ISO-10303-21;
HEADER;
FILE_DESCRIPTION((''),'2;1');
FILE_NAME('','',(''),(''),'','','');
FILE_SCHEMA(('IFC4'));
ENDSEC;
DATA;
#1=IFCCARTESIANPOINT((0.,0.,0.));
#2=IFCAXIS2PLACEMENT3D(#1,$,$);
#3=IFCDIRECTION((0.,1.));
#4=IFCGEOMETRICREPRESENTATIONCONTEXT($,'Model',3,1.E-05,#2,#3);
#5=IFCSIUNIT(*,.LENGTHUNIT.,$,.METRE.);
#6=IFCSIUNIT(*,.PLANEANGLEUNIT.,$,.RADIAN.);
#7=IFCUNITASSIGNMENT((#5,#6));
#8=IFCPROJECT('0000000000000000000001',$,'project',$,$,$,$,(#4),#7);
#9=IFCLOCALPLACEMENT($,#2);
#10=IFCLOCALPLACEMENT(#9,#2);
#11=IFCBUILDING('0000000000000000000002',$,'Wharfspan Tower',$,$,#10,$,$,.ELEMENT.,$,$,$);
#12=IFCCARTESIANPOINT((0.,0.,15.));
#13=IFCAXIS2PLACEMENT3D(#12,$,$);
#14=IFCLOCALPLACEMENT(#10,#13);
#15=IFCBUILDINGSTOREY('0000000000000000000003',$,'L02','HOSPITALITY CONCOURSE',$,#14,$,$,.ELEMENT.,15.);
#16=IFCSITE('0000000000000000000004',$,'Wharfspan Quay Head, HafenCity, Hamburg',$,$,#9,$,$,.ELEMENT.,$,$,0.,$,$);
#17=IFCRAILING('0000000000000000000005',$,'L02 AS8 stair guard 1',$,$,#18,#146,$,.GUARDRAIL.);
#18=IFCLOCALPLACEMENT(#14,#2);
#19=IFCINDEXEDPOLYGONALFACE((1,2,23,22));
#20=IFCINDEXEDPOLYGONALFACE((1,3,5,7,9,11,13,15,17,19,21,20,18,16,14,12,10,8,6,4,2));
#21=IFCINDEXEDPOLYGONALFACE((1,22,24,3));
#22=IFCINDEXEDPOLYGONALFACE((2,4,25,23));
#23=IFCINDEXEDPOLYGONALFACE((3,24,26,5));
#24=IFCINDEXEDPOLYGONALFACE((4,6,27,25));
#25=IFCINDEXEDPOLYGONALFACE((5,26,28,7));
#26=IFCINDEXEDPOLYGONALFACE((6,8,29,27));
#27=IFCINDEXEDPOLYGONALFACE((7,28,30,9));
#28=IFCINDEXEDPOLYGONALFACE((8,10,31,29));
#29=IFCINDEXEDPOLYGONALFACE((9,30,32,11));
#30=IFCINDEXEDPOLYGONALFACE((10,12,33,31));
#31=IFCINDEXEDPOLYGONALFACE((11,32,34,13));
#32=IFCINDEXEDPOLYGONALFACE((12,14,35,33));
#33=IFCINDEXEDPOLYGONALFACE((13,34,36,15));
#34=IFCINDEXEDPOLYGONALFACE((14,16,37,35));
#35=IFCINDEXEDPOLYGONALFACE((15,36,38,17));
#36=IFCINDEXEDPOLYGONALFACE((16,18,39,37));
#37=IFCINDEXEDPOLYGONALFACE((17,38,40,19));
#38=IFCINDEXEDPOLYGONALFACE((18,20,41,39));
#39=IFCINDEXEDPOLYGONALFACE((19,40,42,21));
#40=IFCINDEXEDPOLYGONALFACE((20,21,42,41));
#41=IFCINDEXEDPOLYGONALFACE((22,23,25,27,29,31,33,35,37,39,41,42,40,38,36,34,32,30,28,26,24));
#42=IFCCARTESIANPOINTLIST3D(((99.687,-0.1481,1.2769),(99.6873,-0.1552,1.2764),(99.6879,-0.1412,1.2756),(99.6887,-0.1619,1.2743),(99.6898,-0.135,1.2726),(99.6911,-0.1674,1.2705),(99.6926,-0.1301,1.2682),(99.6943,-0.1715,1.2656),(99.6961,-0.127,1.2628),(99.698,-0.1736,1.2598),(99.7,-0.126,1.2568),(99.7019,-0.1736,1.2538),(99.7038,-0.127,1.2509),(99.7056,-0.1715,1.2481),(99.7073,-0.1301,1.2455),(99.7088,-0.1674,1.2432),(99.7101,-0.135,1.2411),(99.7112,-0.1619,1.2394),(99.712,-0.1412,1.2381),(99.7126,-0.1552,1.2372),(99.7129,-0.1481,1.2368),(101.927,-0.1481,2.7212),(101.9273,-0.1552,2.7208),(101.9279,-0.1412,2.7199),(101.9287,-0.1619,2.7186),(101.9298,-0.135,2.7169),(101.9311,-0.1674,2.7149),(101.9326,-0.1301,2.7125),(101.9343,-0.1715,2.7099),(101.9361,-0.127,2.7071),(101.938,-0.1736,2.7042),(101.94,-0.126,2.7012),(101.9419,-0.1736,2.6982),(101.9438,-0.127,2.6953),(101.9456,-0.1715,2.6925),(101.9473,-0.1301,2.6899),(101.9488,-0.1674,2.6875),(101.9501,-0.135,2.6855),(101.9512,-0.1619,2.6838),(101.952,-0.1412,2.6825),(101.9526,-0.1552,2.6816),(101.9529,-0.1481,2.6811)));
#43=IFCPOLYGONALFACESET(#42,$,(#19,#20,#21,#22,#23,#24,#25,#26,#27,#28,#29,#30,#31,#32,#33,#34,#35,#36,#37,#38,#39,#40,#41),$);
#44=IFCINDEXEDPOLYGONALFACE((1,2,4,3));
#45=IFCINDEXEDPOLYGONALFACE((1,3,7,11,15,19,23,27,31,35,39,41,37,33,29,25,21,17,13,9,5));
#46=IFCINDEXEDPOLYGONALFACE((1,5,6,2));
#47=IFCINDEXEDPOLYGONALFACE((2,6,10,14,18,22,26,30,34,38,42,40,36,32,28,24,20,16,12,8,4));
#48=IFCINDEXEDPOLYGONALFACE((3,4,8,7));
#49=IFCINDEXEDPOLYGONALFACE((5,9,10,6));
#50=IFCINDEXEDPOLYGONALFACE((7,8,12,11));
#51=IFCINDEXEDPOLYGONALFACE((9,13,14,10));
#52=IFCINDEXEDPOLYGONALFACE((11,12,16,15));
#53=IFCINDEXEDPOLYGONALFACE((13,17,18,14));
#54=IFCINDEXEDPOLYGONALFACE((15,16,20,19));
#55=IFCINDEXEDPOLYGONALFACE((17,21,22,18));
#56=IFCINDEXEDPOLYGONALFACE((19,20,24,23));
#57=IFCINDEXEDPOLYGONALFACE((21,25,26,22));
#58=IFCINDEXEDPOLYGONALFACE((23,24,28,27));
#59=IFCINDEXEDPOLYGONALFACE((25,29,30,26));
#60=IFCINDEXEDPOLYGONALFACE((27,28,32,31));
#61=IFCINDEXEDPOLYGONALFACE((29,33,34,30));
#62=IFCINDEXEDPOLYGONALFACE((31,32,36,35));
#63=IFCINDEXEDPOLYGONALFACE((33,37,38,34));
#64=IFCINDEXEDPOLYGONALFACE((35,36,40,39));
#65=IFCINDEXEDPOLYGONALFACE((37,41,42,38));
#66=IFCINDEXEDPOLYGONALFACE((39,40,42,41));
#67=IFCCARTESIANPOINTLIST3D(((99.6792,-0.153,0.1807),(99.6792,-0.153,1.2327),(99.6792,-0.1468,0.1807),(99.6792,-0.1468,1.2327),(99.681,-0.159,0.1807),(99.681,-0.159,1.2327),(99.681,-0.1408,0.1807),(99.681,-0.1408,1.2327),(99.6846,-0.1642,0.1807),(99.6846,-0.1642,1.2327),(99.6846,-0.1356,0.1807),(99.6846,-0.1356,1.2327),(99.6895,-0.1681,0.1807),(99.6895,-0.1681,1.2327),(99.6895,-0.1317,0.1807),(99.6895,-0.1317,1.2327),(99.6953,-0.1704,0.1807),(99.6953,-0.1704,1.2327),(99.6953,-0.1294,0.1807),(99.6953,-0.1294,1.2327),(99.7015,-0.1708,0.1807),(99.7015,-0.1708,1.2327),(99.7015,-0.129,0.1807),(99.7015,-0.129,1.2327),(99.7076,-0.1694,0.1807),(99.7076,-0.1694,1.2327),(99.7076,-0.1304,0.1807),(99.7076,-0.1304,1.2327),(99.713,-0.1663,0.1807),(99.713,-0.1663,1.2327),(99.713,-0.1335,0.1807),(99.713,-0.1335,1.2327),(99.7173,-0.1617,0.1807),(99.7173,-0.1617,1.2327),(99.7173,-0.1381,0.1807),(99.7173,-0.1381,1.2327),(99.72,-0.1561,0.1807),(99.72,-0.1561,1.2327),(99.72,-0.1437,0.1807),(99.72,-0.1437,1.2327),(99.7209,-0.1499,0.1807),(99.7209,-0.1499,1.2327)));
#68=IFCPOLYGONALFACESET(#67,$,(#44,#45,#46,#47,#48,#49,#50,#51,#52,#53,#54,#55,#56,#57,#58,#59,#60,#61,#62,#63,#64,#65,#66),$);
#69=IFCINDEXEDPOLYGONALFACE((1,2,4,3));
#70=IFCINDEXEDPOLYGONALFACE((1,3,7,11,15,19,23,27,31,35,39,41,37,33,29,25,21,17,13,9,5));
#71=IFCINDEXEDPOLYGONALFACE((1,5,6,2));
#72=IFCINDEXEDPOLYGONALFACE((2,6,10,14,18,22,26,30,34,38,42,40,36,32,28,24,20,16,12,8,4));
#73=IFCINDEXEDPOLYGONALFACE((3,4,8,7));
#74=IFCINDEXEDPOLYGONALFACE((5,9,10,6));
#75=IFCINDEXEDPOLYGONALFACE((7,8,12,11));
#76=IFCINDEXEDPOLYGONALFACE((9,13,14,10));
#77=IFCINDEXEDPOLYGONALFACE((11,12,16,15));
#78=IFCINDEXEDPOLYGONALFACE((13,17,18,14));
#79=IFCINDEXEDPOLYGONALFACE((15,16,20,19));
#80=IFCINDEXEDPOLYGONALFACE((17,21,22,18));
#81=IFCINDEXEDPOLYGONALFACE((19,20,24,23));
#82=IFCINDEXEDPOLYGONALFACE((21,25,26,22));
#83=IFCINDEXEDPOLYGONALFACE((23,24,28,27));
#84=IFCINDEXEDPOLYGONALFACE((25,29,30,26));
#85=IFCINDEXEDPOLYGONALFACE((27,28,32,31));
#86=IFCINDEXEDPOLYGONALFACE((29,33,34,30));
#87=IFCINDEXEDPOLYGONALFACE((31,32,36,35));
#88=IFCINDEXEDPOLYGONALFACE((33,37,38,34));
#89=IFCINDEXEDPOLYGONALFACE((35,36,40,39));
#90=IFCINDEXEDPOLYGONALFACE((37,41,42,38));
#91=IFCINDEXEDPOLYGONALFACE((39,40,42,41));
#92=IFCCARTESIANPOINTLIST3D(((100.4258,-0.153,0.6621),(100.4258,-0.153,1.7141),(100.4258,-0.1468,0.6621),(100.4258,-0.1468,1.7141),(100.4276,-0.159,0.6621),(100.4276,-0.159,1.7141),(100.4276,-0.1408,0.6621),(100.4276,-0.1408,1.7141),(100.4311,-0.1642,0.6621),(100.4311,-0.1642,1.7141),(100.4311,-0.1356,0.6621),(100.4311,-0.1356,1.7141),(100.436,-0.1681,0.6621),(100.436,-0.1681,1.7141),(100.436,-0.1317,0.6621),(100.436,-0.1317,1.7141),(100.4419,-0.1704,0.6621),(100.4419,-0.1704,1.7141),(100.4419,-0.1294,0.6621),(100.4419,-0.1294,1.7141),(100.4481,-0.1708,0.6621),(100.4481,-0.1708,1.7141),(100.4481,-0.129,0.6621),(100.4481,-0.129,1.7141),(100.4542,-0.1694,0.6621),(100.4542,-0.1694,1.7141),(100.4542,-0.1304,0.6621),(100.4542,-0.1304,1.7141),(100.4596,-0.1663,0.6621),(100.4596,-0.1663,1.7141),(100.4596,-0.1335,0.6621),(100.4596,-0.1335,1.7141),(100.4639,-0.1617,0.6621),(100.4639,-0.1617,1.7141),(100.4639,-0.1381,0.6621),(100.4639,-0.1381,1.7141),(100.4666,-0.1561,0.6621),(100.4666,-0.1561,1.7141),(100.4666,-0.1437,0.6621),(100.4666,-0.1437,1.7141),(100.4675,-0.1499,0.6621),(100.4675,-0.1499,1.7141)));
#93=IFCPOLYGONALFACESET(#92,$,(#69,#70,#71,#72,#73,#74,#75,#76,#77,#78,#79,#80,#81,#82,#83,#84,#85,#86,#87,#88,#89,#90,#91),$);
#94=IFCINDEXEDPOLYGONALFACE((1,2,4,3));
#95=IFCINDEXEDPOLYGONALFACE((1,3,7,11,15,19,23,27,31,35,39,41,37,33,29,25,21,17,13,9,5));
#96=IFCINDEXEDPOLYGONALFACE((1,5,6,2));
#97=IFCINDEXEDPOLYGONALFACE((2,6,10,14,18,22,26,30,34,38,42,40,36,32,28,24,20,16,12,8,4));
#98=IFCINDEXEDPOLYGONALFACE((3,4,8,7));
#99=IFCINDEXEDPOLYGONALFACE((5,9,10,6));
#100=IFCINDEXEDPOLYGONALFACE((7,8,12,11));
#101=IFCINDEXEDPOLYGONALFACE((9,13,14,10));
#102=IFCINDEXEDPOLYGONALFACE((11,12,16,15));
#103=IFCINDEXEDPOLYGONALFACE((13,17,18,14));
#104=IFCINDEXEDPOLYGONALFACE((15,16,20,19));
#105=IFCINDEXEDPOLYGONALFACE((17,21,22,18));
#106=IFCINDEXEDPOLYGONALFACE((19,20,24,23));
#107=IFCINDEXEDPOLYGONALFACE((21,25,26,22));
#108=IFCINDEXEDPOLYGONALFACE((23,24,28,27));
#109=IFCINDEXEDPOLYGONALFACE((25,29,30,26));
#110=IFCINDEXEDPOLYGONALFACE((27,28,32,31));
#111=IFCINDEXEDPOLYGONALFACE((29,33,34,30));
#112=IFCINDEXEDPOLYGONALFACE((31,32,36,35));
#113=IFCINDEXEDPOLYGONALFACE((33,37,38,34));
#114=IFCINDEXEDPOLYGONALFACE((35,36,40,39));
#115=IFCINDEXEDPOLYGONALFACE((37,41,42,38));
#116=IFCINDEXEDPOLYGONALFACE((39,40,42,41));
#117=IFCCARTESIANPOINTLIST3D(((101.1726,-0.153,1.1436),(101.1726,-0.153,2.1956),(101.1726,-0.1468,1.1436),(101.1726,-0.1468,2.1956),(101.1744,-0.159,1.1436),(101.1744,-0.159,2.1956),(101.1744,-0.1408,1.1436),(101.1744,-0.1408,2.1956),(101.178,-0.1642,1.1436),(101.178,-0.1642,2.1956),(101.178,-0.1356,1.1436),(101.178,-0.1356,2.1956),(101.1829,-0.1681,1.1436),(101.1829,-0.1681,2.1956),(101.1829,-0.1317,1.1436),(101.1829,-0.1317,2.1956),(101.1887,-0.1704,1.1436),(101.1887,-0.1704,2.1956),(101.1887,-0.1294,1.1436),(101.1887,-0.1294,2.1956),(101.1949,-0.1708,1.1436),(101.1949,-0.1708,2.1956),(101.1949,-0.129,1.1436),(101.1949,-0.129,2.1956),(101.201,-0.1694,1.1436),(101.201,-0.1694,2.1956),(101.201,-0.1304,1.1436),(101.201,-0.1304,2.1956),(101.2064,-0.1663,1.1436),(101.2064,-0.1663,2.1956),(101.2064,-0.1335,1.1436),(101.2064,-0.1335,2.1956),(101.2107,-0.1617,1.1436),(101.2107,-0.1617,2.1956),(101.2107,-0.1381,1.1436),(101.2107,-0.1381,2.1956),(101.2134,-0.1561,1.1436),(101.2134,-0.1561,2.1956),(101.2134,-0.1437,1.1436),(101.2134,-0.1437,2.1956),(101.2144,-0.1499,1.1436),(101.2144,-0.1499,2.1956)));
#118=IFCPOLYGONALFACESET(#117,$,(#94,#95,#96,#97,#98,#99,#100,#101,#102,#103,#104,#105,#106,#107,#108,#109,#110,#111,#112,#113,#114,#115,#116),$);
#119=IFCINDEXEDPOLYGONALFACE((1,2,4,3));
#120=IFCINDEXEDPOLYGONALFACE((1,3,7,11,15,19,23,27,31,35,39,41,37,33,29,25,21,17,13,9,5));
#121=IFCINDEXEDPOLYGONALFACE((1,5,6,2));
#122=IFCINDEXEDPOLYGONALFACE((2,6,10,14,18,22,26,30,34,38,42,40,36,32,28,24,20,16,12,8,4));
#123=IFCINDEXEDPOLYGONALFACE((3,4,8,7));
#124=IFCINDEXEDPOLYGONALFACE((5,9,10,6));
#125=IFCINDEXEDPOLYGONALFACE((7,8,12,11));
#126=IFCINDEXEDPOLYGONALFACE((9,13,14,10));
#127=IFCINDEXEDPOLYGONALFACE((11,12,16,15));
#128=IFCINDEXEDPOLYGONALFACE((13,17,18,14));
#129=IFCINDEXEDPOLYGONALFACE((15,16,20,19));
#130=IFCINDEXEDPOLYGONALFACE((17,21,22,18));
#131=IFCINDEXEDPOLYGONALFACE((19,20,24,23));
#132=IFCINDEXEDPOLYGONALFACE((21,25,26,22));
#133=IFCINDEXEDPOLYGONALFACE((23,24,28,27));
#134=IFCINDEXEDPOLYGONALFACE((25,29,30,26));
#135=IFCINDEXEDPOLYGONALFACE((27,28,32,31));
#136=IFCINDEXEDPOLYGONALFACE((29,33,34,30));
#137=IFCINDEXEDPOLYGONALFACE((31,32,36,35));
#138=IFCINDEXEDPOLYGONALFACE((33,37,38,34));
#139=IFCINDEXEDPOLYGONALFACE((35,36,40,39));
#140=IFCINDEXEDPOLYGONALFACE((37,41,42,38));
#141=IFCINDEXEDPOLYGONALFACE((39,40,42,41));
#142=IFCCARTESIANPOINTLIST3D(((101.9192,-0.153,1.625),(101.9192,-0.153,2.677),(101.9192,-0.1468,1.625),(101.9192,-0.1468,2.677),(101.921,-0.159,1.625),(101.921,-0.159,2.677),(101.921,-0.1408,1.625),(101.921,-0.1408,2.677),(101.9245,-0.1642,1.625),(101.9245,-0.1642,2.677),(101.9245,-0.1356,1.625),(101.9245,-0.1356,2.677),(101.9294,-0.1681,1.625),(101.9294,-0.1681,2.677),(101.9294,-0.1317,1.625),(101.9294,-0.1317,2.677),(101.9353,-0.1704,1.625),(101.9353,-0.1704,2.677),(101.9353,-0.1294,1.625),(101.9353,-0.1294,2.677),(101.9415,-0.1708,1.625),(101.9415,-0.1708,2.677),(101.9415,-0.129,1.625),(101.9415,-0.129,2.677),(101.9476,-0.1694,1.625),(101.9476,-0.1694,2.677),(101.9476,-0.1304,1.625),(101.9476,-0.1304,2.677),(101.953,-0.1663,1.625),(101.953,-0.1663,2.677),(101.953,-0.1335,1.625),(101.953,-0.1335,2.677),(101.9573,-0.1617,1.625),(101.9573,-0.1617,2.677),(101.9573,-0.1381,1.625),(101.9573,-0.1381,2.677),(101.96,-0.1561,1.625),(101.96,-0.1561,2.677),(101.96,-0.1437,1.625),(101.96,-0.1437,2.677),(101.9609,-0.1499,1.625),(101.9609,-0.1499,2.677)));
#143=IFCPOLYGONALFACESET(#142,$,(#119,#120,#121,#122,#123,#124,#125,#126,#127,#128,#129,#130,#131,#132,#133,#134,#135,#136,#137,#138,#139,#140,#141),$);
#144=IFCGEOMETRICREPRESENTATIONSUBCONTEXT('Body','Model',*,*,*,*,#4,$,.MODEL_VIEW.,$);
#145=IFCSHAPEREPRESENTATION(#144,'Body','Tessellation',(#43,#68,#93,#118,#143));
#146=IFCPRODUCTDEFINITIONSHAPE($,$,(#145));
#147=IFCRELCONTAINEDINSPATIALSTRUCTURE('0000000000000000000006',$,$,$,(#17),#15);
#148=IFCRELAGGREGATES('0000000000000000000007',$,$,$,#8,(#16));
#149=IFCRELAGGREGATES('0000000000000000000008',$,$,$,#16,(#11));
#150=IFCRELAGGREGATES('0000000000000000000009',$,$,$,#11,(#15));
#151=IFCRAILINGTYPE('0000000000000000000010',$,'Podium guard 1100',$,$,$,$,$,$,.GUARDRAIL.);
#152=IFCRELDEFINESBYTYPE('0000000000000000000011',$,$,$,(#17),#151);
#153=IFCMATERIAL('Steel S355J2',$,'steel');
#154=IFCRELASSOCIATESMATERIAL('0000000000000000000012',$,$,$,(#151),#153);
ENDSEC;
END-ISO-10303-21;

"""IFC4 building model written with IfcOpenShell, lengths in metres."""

from ifc_helpers import new_model, si_unit, direction, frame, origin, origin_2d, place, context, subcontext, project, spatial, circle, extrude, material, type_object, element, save


model = new_model("IFC4")

# Units and contexts
model_context = context("Model", 3, precision=1e-05, world=origin(), true_north=direction((0.0, 1.0)))
body_context = subcontext(model_context, "Body", "Model", "MODEL_VIEW")
ifc_project = project(units=[si_unit("LENGTHUNIT", "METRE"), si_unit("PLANEANGLEUNIT", "RADIAN")], contexts=[model_context])

# Site, building, storey
site_placement = place(None, origin())
site = spatial("IfcSite", under=ifc_project, at=site_placement, Name="Wharfspan Quay Head, HafenCity, Hamburg", CompositionType="ELEMENT", RefElevation=0.0)
building_placement = place(site_placement, origin())
building = spatial("IfcBuilding", under=site, at=building_placement, Name="Wharfspan Tower", CompositionType="ELEMENT")
storey_placement = place(building_placement, frame((0.0, 0.0, 15.0)))
storey = spatial("IfcBuildingStorey", under=building, at=storey_placement, Name="L02", Description="HOSPITALITY CONCOURSE", CompositionType="ELEMENT", Elevation=15.0)

# Railing
ifc_material_1 = material(Name="Steel S355J2", Category="steel")
railing_type_1 = type_object("IfcRailingType", Name="Podium guard 1100", PredefinedType="GUARDRAIL", material=ifc_material_1)
railing_1_placement = place(storey_placement, frame((99.7, -0.1499, 0.1807)))
element("IfcRailing", 1, at=railing_1_placement, inside=storey, type_object=railing_type_1, Name="L02 AS8 stair guard 1", PredefinedType="GUARDRAIL", context=body_context, shape_type="SweptSolid", body=[
    extrude(circle(Radius=0.0239, at=origin_2d()), frame((0.0, 0.0, 1.0762), z_axis=(0.840437, 0.0, 0.54191), x_axis=(0.0, 1.0, 0.0)), (0.0, 0.0, 1.0), 2.6653),
    extrude(circle(Radius=0.021, at=origin_2d()), origin(), (0.0, 0.0, 1.0), 1.052),
    extrude(circle(Radius=0.021, at=origin_2d()), frame((0.7466, 0.0, 0.4814)), (0.0, 0.0, 1.0), 1.052),
    extrude(circle(Radius=0.021, at=origin_2d()), frame((1.4934, 0.0, 0.9629)), (0.0, 0.0, 1.0), 1.052),
    extrude(circle(Radius=0.021, at=origin_2d()), frame((2.24, 0.0, 1.4443)), (0.0, 0.0, 1.0), 1.052),
])

save(model, "model.ifc")
